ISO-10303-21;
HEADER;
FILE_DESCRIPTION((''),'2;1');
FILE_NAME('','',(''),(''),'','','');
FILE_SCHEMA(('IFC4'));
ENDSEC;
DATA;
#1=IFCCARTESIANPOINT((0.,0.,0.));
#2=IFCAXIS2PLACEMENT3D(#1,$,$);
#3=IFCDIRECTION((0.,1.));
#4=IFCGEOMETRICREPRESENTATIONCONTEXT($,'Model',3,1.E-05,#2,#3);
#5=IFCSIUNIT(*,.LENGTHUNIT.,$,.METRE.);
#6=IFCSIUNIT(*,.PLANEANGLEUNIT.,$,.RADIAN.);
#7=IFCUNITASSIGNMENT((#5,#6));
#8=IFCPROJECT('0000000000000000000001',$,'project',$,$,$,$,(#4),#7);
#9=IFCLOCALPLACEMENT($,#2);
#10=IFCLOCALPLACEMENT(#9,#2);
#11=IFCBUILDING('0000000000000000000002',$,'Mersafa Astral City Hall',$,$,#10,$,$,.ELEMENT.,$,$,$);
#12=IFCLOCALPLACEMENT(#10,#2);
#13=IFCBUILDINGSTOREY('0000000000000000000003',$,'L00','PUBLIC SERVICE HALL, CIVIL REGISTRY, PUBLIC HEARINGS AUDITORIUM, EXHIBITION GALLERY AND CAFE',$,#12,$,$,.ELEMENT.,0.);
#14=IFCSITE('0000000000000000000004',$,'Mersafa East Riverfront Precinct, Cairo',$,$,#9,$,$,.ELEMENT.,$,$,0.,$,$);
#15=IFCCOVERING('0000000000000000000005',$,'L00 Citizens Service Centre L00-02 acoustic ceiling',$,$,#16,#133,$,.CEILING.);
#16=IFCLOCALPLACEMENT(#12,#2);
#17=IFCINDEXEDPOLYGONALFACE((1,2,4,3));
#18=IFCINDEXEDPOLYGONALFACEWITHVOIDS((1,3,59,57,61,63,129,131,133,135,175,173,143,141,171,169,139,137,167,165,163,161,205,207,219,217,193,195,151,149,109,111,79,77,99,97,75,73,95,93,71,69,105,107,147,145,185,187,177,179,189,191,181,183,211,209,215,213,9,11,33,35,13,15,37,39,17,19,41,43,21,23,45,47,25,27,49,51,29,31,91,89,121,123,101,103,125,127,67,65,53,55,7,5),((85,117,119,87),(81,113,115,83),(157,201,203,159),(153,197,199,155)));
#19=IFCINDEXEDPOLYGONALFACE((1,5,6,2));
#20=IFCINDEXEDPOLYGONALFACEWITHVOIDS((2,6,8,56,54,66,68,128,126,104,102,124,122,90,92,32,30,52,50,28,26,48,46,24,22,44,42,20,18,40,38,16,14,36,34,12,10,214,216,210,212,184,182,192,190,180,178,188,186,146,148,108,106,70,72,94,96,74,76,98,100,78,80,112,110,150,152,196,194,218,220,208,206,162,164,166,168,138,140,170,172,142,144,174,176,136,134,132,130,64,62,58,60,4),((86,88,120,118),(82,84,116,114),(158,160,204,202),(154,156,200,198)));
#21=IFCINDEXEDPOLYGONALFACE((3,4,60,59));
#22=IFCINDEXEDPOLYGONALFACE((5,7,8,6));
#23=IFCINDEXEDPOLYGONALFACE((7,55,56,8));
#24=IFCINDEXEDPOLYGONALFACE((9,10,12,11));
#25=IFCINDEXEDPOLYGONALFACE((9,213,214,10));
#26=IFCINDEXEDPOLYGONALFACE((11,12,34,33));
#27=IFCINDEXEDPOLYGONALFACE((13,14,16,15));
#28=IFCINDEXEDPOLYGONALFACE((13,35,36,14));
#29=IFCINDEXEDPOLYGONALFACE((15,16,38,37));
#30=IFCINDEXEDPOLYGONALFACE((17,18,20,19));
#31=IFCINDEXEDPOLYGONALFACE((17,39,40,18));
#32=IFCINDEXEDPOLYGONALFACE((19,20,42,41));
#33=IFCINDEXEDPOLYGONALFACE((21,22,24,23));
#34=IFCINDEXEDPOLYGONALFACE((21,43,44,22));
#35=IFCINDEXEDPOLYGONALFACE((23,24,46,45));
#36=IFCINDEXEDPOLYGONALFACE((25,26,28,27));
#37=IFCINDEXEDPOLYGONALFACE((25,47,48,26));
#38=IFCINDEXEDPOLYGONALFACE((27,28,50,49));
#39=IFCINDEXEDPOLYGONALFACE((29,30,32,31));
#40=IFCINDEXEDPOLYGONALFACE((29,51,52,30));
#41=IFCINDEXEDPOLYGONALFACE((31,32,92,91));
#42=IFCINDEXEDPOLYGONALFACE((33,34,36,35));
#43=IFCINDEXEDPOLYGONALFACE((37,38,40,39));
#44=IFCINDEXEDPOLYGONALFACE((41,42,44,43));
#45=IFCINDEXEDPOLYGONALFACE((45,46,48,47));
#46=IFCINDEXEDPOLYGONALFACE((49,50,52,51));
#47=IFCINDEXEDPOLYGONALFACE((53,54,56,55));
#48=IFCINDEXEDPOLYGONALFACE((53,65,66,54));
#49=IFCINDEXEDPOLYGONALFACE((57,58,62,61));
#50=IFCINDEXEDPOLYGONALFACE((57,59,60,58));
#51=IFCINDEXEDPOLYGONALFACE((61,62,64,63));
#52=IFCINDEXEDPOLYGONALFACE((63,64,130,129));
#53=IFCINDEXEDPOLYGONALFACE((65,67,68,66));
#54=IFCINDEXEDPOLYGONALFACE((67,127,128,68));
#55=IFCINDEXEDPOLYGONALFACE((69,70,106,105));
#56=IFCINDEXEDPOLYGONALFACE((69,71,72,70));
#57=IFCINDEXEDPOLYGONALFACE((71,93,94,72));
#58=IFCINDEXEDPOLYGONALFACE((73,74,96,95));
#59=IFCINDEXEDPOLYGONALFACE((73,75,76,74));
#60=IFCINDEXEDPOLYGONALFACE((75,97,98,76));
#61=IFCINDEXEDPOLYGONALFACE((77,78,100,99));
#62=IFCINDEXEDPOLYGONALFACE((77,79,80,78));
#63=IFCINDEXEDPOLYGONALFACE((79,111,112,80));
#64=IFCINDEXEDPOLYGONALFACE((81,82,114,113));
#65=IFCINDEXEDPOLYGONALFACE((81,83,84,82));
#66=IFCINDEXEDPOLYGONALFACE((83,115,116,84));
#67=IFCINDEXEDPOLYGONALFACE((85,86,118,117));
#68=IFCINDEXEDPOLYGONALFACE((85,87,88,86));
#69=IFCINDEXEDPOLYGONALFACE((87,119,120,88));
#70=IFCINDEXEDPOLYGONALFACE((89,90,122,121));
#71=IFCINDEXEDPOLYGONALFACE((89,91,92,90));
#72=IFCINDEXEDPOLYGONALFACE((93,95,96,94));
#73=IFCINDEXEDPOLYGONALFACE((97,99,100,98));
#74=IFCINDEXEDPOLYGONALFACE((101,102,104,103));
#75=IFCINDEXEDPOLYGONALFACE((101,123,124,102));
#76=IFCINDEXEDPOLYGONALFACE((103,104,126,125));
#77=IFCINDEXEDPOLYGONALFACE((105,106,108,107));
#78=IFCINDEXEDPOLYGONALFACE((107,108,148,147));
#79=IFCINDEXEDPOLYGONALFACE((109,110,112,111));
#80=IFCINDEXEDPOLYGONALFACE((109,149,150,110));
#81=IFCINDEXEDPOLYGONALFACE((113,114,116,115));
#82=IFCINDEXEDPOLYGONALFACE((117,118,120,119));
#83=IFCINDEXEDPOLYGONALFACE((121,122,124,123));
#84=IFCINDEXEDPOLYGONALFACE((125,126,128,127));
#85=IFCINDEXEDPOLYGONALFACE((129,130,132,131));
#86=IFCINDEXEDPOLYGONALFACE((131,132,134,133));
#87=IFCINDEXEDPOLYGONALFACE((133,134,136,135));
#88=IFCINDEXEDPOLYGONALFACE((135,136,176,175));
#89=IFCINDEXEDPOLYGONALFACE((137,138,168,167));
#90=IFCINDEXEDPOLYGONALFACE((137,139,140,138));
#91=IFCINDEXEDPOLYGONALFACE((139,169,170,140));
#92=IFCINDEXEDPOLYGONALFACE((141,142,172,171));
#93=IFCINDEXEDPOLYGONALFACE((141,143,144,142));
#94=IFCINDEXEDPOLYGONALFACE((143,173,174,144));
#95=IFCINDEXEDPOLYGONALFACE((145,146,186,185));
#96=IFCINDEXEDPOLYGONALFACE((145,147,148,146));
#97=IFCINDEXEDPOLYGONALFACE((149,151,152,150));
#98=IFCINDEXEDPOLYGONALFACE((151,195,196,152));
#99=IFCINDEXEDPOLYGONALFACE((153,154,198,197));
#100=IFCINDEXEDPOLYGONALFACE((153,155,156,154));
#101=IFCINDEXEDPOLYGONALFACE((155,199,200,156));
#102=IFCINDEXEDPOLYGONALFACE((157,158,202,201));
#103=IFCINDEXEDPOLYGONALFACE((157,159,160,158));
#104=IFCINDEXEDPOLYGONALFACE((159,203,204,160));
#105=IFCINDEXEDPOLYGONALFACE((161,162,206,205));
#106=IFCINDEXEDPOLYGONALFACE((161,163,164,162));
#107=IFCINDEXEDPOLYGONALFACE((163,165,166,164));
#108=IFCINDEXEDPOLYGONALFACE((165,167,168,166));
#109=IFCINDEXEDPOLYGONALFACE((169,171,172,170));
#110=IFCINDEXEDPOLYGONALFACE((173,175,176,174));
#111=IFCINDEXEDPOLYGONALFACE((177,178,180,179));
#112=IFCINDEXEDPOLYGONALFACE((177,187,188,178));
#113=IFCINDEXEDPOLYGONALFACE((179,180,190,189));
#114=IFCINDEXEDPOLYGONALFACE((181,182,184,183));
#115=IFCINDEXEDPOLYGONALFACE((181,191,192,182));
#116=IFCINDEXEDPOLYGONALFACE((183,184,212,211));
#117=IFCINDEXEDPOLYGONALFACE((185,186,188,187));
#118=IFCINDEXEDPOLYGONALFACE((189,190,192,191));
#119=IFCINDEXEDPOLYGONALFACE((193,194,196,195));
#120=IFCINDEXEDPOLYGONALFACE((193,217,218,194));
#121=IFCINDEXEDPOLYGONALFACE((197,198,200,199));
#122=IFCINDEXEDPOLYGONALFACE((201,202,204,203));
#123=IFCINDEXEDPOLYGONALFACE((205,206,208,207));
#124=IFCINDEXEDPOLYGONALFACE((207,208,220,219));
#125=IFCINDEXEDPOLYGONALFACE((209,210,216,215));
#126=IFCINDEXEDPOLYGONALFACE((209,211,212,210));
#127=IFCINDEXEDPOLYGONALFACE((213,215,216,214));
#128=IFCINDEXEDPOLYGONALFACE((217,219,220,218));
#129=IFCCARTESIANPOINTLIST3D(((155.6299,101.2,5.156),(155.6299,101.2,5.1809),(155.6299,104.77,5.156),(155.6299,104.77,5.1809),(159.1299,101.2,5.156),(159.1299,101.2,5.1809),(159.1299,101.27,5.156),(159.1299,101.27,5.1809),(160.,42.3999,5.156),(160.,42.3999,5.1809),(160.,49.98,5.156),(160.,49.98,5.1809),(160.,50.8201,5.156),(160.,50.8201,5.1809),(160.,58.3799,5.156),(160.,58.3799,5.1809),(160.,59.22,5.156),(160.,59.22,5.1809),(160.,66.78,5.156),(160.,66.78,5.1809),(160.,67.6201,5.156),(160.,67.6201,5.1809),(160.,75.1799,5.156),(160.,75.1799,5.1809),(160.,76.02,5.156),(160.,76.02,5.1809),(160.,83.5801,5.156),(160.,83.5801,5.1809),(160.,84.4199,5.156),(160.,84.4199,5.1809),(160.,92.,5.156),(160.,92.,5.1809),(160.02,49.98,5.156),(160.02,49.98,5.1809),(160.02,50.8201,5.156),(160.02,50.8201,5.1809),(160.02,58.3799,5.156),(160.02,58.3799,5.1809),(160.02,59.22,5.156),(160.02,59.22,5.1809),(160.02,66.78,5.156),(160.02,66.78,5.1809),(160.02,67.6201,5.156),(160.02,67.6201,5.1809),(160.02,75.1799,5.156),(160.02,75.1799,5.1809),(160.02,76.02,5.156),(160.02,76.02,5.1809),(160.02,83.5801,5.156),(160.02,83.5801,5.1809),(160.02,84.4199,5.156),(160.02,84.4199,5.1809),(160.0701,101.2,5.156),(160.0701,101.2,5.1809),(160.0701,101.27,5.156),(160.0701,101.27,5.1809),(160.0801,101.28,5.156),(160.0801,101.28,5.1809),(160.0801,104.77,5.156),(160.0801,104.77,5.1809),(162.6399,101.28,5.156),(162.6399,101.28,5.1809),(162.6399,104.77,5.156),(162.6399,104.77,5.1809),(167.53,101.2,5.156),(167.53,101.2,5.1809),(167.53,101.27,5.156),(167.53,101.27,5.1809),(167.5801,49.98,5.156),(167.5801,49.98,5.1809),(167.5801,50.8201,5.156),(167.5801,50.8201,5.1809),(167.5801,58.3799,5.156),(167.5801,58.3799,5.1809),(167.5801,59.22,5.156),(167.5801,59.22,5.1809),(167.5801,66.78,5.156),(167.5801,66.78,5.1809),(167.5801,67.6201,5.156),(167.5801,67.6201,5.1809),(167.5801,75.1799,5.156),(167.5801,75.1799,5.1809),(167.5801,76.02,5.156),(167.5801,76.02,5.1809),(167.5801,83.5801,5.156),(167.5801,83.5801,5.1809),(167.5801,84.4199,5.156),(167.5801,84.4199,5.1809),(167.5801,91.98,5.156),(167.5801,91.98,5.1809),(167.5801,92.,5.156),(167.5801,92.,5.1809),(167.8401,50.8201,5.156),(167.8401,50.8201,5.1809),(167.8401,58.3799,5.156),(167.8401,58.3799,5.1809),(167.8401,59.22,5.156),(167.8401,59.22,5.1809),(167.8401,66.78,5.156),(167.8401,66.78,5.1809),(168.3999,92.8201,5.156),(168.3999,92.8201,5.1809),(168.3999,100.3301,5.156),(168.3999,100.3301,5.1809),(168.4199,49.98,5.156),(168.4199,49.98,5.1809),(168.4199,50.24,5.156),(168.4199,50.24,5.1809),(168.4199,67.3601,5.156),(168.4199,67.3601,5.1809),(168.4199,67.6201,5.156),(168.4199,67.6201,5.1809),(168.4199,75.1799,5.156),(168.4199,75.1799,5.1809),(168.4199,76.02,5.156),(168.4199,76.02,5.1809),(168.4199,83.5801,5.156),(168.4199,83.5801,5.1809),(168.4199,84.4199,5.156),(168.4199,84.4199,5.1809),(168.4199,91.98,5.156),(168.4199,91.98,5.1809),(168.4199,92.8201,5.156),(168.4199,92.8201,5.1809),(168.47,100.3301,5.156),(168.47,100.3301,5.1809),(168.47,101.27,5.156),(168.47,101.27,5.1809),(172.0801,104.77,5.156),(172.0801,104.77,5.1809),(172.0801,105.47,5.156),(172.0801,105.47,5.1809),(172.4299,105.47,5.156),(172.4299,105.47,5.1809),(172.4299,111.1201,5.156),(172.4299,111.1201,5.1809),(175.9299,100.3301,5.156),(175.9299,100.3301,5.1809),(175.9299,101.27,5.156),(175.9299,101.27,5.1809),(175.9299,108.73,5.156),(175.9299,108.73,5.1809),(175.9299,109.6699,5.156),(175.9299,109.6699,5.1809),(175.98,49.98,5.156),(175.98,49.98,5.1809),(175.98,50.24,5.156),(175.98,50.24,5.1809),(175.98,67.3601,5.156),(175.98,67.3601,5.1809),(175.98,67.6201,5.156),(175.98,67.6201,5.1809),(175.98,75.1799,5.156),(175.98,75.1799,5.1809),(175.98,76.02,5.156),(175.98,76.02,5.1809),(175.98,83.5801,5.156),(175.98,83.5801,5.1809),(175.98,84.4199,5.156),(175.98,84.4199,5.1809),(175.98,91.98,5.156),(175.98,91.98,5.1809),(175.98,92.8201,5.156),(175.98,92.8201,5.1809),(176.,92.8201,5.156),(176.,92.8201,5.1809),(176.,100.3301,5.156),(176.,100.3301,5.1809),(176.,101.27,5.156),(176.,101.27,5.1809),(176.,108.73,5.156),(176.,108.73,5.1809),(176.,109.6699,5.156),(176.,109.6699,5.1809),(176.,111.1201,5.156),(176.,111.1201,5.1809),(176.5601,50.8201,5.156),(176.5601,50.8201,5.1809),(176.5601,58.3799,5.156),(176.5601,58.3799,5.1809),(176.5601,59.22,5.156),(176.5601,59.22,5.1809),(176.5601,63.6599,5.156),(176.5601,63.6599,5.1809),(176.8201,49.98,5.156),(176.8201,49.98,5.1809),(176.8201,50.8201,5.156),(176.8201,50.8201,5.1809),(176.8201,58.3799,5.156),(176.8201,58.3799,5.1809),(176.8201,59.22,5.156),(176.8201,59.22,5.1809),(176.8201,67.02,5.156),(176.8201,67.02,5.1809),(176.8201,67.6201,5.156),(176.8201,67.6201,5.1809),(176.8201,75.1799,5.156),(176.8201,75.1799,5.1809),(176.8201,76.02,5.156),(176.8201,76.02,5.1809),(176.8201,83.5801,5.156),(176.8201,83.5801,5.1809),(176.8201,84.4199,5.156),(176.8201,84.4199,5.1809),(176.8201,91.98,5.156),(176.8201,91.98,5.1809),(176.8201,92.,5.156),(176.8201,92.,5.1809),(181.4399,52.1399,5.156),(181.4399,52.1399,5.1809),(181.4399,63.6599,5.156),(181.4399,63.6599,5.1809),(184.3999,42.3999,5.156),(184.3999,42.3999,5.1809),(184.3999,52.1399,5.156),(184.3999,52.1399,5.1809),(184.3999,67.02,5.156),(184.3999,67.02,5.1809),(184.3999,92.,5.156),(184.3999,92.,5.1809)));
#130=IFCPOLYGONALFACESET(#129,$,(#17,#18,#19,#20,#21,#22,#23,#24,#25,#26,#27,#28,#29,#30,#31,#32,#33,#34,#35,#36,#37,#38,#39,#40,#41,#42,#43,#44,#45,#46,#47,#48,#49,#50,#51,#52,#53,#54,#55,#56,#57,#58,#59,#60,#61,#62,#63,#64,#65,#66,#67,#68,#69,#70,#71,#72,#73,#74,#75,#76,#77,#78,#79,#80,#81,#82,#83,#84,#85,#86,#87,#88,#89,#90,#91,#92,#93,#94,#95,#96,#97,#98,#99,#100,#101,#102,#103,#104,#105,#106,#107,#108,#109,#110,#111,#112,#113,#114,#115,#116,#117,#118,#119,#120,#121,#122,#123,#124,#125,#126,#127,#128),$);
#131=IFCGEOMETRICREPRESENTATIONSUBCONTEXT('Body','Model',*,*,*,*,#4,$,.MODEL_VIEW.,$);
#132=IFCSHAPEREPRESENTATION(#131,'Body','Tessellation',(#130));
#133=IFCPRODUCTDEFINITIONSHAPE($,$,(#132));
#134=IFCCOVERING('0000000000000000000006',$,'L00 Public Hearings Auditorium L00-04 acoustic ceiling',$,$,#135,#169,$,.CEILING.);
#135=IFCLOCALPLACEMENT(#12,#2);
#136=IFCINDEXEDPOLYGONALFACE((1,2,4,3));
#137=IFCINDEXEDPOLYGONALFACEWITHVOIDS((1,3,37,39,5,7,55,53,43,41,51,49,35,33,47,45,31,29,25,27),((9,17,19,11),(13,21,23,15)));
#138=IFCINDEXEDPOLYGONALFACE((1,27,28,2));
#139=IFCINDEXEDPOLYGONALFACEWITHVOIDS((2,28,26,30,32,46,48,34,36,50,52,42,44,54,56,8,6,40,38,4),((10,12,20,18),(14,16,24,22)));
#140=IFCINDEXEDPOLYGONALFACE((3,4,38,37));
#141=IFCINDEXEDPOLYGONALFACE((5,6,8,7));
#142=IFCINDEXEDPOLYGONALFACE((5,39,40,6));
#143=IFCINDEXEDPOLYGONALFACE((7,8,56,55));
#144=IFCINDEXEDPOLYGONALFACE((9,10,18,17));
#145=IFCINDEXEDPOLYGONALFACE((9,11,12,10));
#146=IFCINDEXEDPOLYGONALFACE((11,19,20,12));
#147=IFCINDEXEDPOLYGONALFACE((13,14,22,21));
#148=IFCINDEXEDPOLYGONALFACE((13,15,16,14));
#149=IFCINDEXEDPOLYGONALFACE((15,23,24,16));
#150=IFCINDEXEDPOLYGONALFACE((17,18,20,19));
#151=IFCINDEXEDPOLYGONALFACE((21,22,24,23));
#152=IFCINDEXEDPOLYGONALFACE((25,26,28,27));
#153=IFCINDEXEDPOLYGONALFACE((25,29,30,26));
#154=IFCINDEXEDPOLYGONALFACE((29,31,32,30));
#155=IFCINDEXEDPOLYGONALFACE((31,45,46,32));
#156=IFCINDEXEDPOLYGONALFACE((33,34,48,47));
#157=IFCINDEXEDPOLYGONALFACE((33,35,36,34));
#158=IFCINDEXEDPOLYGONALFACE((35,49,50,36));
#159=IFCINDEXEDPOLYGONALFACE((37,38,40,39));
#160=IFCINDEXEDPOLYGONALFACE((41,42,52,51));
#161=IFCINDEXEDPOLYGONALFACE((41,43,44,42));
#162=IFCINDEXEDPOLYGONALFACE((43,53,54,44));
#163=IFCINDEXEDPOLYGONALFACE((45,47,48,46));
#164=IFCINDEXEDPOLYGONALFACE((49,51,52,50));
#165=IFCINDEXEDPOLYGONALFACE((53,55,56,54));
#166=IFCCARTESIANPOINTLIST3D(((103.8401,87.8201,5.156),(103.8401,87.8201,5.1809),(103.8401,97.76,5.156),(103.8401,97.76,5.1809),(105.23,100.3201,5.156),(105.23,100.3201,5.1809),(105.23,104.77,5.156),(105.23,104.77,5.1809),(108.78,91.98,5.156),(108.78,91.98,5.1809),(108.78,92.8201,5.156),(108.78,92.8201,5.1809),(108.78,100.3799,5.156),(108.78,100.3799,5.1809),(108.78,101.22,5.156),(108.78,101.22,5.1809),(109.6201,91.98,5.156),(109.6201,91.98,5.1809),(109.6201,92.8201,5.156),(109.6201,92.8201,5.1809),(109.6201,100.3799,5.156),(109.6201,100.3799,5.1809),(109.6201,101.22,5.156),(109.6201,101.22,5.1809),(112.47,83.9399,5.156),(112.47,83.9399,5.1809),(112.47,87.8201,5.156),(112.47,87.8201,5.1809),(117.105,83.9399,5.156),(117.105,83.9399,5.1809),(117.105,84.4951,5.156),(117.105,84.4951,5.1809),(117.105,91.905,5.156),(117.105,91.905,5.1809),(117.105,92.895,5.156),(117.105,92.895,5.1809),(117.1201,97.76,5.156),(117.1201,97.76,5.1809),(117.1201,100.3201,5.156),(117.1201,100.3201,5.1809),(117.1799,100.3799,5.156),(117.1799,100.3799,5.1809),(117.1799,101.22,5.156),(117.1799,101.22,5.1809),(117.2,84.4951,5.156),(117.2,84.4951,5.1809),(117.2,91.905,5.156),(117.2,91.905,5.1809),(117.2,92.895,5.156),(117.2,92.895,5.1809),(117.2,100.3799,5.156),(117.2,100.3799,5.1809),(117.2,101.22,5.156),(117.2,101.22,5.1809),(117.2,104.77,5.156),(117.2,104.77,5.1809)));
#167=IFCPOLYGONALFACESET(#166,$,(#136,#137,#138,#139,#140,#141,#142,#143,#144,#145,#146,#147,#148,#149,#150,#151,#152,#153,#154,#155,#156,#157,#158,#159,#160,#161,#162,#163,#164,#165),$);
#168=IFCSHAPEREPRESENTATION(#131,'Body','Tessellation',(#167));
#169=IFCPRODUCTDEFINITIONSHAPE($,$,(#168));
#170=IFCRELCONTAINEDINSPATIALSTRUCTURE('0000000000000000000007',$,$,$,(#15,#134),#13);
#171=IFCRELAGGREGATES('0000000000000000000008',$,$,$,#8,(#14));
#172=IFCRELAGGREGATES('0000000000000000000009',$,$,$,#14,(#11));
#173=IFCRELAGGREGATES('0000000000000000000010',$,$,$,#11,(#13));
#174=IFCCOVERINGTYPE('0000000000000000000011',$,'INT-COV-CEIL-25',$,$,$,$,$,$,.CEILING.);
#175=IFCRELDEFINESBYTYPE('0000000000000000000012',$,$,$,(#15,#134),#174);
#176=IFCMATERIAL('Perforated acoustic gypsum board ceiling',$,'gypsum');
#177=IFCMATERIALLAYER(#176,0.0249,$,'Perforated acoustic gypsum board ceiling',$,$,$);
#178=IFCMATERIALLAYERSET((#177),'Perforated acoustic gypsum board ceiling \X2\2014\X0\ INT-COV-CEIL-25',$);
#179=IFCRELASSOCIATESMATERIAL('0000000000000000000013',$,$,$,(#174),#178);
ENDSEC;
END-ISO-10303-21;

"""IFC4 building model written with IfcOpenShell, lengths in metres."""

from ifc_helpers import new_model, si_unit, direction, frame, origin, place, context, subcontext, project, spatial, polyline, outline, extrude, material, layer, layer_set, type_object, element, save


model = new_model("IFC4")

# Units and contexts
model_context = context("Model", 3, precision=1e-05, world=origin(), true_north=direction((0.0, 1.0)))
body_context = subcontext(model_context, "Body", "Model", "MODEL_VIEW")
ifc_project = project(units=[si_unit("LENGTHUNIT", "METRE"), si_unit("PLANEANGLEUNIT", "RADIAN")], contexts=[model_context])

# Site, building, storey
site_placement = place(None, origin())
site = spatial("IfcSite", under=ifc_project, at=site_placement, Name="Mersafa East Riverfront Precinct, Cairo", CompositionType="ELEMENT", RefElevation=0.0)
building_placement = place(site_placement, origin())
building = spatial("IfcBuilding", under=site, at=building_placement, Name="Mersafa Astral City Hall", CompositionType="ELEMENT")
storey_placement = place(building_placement, origin())
storey = spatial("IfcBuildingStorey", under=building, at=storey_placement, Name="L00", Description="PUBLIC SERVICE HALL, CIVIL REGISTRY, PUBLIC HEARINGS AUDITORIUM, EXHIBITION GALLERY AND CAFE", CompositionType="ELEMENT", Elevation=0.0)

# Coverings
ifc_material_1 = material(Name="Perforated acoustic gypsum board ceiling", Category="gypsum")
ifc_layer_1 = layer(ifc_material_1, 0.0249, Name="Perforated acoustic gypsum board ceiling")
ifc_layer_set_1 = layer_set([ifc_layer_1], Name="Perforated acoustic gypsum board ceiling — INT-COV-CEIL-25")
covering_type_1 = type_object("IfcCoveringType", Name="INT-COV-CEIL-25", PredefinedType="CEILING", material=ifc_layer_set_1)
covering_1_placement = place(storey_placement, frame((0.0, 0.0, 5.156)))
element("IfcCovering", 1, at=covering_1_placement, inside=storey, type_object=covering_type_1, Name="L00 Citizens Service Centre L00-02 acoustic ceiling", PredefinedType="CEILING", context=body_context, shape_type="SweptSolid", body=[
    extrude(outline(polyline([(155.6299, 101.2), (155.6299, 104.77), (160.0801, 104.77), (160.0801, 101.28), (162.6399, 101.28), (162.6399, 104.77), (172.0801, 104.77), (172.0801, 105.47), (172.4299, 105.47), (172.4299, 111.1201), (176.0, 111.1201), (176.0, 109.6699), (175.9299, 109.6699), (175.9299, 108.73), (176.0, 108.73), (176.0, 101.27), (175.9299, 101.27), (175.9299, 100.3301), (176.0, 100.3301), (176.0, 92.8201), (175.98, 92.8201), (175.98, 91.98), (176.8201, 91.98), (176.8201, 92.0), (184.3999, 92.0), (184.3999, 67.02), (176.8201, 67.02), (176.8201, 67.6201), (175.98, 67.6201), (175.98, 67.3601), (168.4199, 67.3601), (168.4199, 67.6201), (167.5801, 67.6201), (167.5801, 66.78), (167.8401, 66.78), (167.8401, 59.22), (167.5801, 59.22), (167.5801, 58.3799), (167.8401, 58.3799), (167.8401, 50.8201), (167.5801, 50.8201), (167.5801, 49.98), (168.4199, 49.98), (168.4199, 50.24), (175.98, 50.24), (175.98, 49.98), (176.8201, 49.98), (176.8201, 50.8201), (176.5601, 50.8201), (176.5601, 58.3799), (176.8201, 58.3799), (176.8201, 59.22), (176.5601, 59.22), (176.5601, 63.6599), (181.4399, 63.6599), (181.4399, 52.1399), (184.3999, 52.1399), (184.3999, 42.3999), (160.0, 42.3999), (160.0, 49.98), (160.02, 49.98), (160.02, 50.8201), (160.0, 50.8201), (160.0, 58.3799), (160.02, 58.3799), (160.02, 59.22), (160.0, 59.22), (160.0, 66.78), (160.02, 66.78), (160.02, 67.6201), (160.0, 67.6201), (160.0, 75.1799), (160.02, 75.1799), (160.02, 76.02), (160.0, 76.02), (160.0, 83.5801), (160.02, 83.5801), (160.02, 84.4199), (160.0, 84.4199), (160.0, 92.0), (167.5801, 92.0), (167.5801, 91.98), (168.4199, 91.98), (168.4199, 92.8201), (168.3999, 92.8201), (168.3999, 100.3301), (168.47, 100.3301), (168.47, 101.27), (167.53, 101.27), (167.53, 101.2), (160.0701, 101.2), (160.0701, 101.27), (159.1299, 101.27), (159.1299, 101.2), (155.6299, 101.2)]), holes=[polyline([(176.8201, 75.1799), (176.8201, 76.02), (175.98, 76.02), (175.98, 75.1799), (176.8201, 75.1799)]), polyline([(175.98, 83.5801), (176.8201, 83.5801), (176.8201, 84.4199), (175.98, 84.4199), (175.98, 83.5801)]), polyline([(167.5801, 75.1799), (168.4199, 75.1799), (168.4199, 76.02), (167.5801, 76.02), (167.5801, 75.1799)]), polyline([(167.5801, 83.5801), (168.4199, 83.5801), (168.4199, 84.4199), (167.5801, 84.4199), (167.5801, 83.5801)])]), origin(), (0.0, 0.0, 1.0), 0.0249),
])
covering_2_placement = place(storey_placement, frame((0.0, 0.0, 5.156)))
element("IfcCovering", 2, at=covering_2_placement, inside=storey, type_object=covering_type_1, Name="L00 Public Hearings Auditorium L00-04 acoustic ceiling", PredefinedType="CEILING", context=body_context, shape_type="SweptSolid", body=[
    extrude(outline(polyline([(117.1201, 100.3201), (105.23, 100.3201), (105.23, 104.77), (117.2, 104.77), (117.2, 101.22), (117.1799, 101.22), (117.1799, 100.3799), (117.2, 100.3799), (117.2, 92.895), (117.105, 92.895), (117.105, 91.905), (117.2, 91.905), (117.2, 84.4951), (117.105, 84.4951), (117.105, 83.9399), (112.47, 83.9399), (112.47, 87.8201), (103.8401, 87.8201), (103.8401, 97.76), (117.1201, 97.76), (117.1201, 100.3201)]), holes=[polyline([(108.78, 91.98), (109.6201, 91.98), (109.6201, 92.8201), (108.78, 92.8201), (108.78, 91.98)]), polyline([(108.78, 100.3799), (109.6201, 100.3799), (109.6201, 101.22), (108.78, 101.22), (108.78, 100.3799)])]), origin(), (0.0, 0.0, 1.0), 0.0249),
])

save(model, "model.ifc")
